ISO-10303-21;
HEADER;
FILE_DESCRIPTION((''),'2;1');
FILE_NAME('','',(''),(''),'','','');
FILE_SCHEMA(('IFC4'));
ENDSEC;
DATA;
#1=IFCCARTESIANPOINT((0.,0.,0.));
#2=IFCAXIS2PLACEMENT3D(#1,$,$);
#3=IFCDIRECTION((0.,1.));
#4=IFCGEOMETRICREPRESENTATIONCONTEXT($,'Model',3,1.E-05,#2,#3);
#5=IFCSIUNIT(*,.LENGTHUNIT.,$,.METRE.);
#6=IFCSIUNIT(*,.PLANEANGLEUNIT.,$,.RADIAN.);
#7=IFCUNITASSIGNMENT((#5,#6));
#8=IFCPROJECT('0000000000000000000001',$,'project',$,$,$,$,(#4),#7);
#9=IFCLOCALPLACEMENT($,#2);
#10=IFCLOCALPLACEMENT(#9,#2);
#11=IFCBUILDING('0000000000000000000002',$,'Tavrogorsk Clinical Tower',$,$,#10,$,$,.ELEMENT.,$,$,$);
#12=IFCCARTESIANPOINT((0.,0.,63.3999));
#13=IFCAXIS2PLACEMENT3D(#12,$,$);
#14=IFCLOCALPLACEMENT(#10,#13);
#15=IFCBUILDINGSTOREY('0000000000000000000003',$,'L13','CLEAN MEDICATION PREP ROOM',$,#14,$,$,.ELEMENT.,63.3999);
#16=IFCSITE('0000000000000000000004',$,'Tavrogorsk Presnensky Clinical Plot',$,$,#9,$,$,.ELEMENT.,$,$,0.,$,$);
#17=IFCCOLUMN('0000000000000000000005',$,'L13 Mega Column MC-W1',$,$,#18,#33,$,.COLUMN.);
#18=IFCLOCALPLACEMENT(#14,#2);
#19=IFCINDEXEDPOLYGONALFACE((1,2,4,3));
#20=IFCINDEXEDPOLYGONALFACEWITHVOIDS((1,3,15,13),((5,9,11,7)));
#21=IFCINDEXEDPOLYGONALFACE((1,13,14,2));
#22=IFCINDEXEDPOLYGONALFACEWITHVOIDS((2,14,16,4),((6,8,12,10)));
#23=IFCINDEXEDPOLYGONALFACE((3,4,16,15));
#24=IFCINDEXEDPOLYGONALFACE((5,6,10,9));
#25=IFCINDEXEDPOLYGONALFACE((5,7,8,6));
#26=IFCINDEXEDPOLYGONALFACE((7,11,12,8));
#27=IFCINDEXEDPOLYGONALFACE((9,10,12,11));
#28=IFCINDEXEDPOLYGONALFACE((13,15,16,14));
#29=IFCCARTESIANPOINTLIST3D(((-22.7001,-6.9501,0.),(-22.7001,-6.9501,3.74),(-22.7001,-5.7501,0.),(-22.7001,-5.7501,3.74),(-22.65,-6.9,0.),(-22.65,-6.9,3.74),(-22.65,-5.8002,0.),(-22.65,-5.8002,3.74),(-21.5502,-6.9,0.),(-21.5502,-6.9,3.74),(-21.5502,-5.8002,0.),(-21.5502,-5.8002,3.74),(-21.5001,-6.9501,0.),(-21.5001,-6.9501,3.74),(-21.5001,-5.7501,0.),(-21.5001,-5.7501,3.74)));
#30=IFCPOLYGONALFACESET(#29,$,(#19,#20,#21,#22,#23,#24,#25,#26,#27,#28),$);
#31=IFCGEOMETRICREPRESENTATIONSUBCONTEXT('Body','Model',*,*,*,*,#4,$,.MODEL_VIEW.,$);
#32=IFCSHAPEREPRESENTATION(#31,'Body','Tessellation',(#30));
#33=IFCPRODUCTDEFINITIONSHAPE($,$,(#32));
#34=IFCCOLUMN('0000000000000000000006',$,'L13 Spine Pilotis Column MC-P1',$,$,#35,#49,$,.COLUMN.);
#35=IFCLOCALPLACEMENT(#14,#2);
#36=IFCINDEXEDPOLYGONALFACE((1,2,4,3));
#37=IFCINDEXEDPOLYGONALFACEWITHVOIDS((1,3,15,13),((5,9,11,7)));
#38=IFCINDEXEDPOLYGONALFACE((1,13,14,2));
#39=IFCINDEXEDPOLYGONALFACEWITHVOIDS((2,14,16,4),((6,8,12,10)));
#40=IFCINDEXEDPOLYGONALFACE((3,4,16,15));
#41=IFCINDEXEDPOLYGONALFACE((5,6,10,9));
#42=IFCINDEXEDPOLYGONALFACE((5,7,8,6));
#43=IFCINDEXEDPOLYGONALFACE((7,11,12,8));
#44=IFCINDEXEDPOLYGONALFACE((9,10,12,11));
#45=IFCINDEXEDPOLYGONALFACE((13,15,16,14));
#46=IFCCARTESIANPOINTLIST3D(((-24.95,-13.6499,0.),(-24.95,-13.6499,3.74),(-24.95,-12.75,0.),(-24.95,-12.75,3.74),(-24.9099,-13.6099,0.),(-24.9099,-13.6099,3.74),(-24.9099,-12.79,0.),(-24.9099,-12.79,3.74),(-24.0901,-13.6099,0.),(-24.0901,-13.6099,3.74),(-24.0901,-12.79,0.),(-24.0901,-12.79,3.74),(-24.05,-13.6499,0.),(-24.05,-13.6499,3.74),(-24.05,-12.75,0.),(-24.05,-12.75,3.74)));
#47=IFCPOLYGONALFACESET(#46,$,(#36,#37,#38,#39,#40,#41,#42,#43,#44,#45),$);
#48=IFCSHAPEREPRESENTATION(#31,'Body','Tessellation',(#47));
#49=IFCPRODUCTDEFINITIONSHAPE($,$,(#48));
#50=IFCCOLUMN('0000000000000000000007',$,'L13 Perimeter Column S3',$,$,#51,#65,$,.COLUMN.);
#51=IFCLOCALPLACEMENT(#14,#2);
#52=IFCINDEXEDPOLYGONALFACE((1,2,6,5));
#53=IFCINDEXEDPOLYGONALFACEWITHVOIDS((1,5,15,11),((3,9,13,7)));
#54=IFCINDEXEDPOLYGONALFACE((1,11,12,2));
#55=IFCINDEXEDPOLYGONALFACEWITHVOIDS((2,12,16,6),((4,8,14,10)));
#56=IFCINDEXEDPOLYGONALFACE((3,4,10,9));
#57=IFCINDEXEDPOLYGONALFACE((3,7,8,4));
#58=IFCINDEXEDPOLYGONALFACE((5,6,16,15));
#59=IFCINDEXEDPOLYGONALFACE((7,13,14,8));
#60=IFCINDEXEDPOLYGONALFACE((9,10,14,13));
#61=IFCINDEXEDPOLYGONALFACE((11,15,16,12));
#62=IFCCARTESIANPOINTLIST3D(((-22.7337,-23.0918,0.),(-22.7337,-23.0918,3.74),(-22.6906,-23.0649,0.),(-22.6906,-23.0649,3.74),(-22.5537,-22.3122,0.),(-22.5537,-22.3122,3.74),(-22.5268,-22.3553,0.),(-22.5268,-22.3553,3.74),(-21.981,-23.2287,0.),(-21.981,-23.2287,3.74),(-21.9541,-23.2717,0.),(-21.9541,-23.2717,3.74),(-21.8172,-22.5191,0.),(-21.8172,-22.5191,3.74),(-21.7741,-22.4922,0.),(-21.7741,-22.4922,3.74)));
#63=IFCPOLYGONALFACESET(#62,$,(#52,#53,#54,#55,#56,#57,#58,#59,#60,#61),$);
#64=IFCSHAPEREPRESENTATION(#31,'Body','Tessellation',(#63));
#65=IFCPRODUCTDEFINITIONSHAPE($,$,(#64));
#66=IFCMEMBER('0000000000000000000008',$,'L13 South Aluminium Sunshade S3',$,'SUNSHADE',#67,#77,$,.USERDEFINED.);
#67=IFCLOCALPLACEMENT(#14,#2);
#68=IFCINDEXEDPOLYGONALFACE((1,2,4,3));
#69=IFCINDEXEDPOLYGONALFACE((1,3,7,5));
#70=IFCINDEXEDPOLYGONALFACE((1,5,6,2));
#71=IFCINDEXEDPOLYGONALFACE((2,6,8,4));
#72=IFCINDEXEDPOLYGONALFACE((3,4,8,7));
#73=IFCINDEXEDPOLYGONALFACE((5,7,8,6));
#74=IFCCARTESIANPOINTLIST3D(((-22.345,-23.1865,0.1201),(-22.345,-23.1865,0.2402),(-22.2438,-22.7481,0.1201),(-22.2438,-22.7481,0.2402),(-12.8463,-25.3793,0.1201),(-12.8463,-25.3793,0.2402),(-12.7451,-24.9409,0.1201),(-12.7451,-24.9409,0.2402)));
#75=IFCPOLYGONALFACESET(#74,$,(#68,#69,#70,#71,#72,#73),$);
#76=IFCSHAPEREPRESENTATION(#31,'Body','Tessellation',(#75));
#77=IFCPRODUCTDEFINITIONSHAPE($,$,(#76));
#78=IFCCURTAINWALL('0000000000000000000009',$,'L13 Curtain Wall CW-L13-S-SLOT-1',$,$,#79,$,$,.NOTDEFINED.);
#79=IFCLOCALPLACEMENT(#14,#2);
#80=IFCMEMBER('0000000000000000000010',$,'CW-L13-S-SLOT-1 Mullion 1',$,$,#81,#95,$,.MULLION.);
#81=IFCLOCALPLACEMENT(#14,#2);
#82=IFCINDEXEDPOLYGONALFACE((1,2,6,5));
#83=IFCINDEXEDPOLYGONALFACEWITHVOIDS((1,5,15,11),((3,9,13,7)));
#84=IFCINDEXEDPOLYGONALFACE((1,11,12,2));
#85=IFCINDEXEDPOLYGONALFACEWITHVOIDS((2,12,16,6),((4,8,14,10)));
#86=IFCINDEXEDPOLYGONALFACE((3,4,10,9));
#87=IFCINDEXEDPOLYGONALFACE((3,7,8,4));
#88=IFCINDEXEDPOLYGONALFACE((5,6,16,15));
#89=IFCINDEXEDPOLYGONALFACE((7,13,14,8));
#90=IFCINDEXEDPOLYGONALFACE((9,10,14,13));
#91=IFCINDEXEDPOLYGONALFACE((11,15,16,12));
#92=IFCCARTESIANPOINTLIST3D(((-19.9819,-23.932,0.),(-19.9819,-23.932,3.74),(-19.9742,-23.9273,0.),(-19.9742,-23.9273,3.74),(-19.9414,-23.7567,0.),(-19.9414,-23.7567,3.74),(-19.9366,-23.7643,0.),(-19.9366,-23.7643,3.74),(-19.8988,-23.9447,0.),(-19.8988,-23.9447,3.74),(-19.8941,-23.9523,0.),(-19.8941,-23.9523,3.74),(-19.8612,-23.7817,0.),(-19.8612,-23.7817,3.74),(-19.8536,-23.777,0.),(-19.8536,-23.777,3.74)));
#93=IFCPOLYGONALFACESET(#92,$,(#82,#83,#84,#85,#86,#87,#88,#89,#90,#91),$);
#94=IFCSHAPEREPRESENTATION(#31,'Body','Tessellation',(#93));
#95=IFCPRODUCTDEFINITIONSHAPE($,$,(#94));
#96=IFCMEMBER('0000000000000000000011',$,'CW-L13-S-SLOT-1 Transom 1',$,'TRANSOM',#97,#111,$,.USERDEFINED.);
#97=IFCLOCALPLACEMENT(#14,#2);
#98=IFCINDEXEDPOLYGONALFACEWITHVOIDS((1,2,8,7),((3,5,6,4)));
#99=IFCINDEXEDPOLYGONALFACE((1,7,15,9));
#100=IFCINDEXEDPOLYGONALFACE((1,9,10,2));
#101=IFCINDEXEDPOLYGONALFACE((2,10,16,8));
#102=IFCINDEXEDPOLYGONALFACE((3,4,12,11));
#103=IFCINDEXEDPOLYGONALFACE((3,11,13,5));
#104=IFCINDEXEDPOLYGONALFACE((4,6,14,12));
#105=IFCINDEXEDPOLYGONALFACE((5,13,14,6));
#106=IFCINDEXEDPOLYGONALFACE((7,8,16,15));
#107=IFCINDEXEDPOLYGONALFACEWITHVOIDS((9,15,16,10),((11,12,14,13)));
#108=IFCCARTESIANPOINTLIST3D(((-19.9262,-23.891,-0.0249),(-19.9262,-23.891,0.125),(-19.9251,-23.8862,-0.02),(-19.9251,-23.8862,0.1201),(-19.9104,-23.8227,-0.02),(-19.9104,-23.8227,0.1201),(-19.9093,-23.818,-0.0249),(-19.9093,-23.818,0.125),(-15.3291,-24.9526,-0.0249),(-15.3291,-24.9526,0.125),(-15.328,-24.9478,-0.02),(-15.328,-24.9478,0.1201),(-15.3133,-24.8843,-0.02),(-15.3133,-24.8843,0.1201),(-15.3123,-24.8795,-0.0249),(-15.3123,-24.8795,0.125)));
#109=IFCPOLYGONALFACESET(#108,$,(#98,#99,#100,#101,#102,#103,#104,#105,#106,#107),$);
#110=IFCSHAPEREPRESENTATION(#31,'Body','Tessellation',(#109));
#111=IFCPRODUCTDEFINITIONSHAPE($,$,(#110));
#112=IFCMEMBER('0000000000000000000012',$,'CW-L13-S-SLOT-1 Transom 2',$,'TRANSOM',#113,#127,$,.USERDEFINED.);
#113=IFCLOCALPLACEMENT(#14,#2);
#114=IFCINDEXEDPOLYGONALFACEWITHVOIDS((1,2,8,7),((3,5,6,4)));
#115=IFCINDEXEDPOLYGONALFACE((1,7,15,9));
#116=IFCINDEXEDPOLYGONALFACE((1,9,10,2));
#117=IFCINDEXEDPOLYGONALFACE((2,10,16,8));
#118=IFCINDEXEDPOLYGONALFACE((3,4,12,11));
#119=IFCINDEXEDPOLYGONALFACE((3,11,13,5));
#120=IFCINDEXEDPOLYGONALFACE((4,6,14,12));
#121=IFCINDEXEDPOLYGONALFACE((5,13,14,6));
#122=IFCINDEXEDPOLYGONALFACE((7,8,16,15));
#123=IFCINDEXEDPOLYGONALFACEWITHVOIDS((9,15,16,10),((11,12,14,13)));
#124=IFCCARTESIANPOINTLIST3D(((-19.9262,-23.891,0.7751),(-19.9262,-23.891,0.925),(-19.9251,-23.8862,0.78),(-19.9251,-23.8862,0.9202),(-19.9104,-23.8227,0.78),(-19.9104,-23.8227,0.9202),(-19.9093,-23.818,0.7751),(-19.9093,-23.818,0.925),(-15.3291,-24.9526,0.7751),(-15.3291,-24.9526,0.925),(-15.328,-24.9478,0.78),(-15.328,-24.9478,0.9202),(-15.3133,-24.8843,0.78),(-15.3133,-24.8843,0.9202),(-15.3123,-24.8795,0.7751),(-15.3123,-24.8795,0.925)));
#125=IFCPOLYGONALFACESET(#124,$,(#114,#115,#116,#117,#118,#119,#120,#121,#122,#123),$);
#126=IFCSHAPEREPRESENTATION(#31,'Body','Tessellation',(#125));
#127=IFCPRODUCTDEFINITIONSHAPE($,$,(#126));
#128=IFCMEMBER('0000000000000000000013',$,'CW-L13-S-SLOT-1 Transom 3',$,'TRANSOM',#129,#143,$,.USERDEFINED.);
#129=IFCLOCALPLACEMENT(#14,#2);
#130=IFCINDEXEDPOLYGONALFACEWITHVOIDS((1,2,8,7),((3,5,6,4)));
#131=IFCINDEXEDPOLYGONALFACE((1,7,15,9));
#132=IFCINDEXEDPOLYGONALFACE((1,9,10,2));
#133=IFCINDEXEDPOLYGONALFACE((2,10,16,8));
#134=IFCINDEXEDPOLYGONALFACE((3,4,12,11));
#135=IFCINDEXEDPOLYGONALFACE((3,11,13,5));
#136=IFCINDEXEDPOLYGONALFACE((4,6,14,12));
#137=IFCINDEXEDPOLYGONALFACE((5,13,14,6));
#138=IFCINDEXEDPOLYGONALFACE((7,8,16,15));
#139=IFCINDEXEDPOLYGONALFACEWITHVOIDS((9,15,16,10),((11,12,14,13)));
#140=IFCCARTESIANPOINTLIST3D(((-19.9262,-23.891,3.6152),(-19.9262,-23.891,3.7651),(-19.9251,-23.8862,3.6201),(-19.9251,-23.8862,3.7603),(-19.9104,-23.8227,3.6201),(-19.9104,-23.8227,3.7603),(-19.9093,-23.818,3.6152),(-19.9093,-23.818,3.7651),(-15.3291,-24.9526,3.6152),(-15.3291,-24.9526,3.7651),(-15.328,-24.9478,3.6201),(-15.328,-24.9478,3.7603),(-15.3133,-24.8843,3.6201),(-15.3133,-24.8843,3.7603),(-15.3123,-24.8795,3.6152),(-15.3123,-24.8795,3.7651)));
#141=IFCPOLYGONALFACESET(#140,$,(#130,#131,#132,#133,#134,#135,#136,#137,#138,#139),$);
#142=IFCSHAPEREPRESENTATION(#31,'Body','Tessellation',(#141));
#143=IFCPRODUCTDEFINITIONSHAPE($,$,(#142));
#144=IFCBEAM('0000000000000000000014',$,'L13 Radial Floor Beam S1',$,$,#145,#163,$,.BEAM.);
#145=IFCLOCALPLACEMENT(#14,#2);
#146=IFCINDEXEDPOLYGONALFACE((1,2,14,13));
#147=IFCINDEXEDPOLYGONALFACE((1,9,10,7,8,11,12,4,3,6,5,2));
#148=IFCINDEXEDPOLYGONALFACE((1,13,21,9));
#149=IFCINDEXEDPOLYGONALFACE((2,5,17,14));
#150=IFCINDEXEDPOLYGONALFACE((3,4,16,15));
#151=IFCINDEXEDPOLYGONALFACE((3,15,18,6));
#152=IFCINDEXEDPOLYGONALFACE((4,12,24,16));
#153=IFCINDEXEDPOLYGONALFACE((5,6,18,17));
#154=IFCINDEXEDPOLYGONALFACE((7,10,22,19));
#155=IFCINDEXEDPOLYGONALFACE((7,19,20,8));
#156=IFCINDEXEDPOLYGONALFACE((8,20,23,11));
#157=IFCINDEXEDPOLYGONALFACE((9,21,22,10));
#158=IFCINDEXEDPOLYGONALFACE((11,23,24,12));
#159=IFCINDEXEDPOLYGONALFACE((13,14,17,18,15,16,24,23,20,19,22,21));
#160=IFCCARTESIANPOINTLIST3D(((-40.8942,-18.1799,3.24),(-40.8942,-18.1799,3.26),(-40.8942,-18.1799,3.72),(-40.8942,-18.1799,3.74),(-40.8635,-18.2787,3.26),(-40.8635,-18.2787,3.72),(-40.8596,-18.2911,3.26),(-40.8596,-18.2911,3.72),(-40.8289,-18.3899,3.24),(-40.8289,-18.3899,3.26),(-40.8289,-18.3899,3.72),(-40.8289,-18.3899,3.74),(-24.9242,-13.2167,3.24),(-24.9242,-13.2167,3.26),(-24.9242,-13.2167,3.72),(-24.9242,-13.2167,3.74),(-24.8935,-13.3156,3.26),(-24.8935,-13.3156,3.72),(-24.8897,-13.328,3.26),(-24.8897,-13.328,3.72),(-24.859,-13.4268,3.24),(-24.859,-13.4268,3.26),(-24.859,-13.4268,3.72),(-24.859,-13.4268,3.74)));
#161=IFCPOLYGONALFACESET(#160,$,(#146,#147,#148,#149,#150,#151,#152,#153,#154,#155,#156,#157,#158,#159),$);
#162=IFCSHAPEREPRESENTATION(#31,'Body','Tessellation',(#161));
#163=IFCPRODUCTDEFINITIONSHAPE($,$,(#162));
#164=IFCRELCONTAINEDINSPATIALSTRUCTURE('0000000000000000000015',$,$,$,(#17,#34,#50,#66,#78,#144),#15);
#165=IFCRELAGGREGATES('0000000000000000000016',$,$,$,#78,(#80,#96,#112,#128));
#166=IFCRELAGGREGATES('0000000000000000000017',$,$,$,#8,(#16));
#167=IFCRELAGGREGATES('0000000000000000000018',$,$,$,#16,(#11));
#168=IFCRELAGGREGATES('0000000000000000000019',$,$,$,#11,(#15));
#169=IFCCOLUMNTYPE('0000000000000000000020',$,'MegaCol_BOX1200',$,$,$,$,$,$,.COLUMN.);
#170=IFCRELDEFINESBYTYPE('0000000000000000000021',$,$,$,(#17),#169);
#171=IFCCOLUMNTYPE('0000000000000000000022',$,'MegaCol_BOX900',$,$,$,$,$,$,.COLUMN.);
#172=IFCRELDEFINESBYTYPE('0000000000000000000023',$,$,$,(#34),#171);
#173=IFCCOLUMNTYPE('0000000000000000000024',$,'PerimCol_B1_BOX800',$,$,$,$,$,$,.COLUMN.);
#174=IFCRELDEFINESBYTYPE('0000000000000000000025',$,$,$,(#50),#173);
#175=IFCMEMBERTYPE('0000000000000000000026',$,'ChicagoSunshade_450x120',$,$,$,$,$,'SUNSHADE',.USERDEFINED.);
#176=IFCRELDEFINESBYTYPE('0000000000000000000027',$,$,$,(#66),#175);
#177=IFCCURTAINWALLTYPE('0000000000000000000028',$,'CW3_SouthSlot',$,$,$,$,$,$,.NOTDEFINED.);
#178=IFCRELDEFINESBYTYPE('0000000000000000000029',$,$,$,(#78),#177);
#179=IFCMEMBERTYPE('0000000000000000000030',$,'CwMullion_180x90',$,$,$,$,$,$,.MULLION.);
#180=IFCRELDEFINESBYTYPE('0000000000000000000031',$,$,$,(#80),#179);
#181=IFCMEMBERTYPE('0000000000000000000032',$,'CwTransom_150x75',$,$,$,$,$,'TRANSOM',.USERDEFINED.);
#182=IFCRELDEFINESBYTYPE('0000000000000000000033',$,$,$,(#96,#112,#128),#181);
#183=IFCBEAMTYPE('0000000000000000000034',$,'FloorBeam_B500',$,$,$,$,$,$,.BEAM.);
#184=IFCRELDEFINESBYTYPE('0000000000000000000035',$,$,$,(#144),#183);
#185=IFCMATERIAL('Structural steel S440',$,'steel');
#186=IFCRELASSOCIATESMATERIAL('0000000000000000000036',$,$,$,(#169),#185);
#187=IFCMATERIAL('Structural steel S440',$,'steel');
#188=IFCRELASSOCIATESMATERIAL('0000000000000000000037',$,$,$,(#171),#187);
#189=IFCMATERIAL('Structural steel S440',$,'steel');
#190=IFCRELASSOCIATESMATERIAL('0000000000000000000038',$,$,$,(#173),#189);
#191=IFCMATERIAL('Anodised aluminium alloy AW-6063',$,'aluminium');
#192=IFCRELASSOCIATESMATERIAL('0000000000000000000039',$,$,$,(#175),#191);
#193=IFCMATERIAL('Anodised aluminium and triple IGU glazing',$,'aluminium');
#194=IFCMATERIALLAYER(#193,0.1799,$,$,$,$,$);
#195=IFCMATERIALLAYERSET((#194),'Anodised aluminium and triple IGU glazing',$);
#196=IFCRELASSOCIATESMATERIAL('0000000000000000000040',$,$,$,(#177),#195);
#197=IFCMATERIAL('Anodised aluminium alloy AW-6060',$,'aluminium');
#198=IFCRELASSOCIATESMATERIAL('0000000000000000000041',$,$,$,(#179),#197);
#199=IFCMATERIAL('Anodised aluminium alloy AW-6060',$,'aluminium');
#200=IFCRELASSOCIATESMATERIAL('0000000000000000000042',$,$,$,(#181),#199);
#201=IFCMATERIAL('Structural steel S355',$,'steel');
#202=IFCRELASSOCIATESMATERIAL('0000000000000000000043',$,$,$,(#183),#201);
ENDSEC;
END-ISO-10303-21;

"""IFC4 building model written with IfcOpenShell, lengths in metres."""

from ifc_helpers import new_model, si_unit, direction, frame, origin, origin_2d, place, context, subcontext, project, spatial, rectangle, hollow_rectangle, i_section, extrude, material, layer, layer_set, material_profile, profile_set, type_object, element, aggregate, save


model = new_model("IFC4")

# Units and contexts
model_context = context("Model", 3, precision=1e-05, world=origin(), true_north=direction((0.0, 1.0)))
body_context = subcontext(model_context, "Body", "Model", "MODEL_VIEW")
ifc_project = project(units=[si_unit("LENGTHUNIT", "METRE"), si_unit("PLANEANGLEUNIT", "RADIAN")], contexts=[model_context])

# Site, building, storey
site_placement = place(None, origin())
site = spatial("IfcSite", under=ifc_project, at=site_placement, Name="Tavrogorsk Presnensky Clinical Plot", CompositionType="ELEMENT", RefElevation=0.0)
building_placement = place(site_placement, origin())
building = spatial("IfcBuilding", under=site, at=building_placement, Name="Tavrogorsk Clinical Tower", CompositionType="ELEMENT")
storey_placement = place(building_placement, frame((0.0, 0.0, 63.3999)))
storey = spatial("IfcBuildingStorey", under=building, at=storey_placement, Name="L13", Description="CLEAN MEDICATION PREP ROOM", CompositionType="ELEMENT", Elevation=63.3999)

# Columns
ifc_material_1 = material(Name="Structural steel S440", Category="steel")
ifc_material_profile_1 = material_profile(ifc_material_1, hollow_rectangle(XDim=1.2, YDim=1.2, WallThickness=0.05, at=origin_2d()), Name="BOX-1200x1200x50")
ifc_profile_set_1 = profile_set([ifc_material_profile_1], Name="Structural steel S440")
column_type_1 = type_object("IfcColumnType", Name="MegaCol_BOX1200", PredefinedType="COLUMN", material=ifc_profile_set_1)
column_1_placement = place(storey_placement, frame((-22.1001, -6.3501, 0.0), z_axis=(0.0, 0.0, 1.0), x_axis=(1.0, 0.0, 0.0)))
element("IfcColumn", 1, at=column_1_placement, inside=storey, type_object=column_type_1, Name="L13 Mega Column MC-W1", PredefinedType="COLUMN", context=body_context, shape_type="SweptSolid", body=[
    extrude(hollow_rectangle(XDim=1.2, YDim=1.2, WallThickness=0.05, at=origin_2d()), origin(), (0.0, 0.0, 1.0), 3.74),
])
ifc_material_2 = material(Name="Structural steel S440", Category="steel")
ifc_material_profile_2 = material_profile(ifc_material_2, hollow_rectangle(XDim=0.8999, YDim=0.8999, WallThickness=0.04, at=origin_2d()), Name="BOX-900x900x40")
ifc_profile_set_2 = profile_set([ifc_material_profile_2], Name="Structural steel S440")
column_type_2 = type_object("IfcColumnType", Name="MegaCol_BOX900", PredefinedType="COLUMN", material=ifc_profile_set_2)
column_2_placement = place(storey_placement, frame((-24.5, -13.2, 0.0), z_axis=(0.0, 0.0, 1.0), x_axis=(1.0, 0.0, 0.0)))
element("IfcColumn", 2, at=column_2_placement, inside=storey, type_object=column_type_2, Name="L13 Spine Pilotis Column MC-P1", PredefinedType="COLUMN", context=body_context, shape_type="SweptSolid", body=[
    extrude(hollow_rectangle(XDim=0.8999, YDim=0.8999, WallThickness=0.04, at=origin_2d()), origin(), (0.0, 0.0, 1.0), 3.74),
])
ifc_material_3 = material(Name="Structural steel S440", Category="steel")
ifc_material_profile_3 = material_profile(ifc_material_3, hollow_rectangle(XDim=0.8, YDim=0.8, WallThickness=0.0359, at=origin_2d()), Name="BOX-800x800x36")
ifc_profile_set_3 = profile_set([ifc_material_profile_3], Name="Structural steel S440")
column_type_3 = type_object("IfcColumnType", Name="PerimCol_B1_BOX800", PredefinedType="COLUMN", material=ifc_profile_set_3)
column_3_placement = place(storey_placement, frame((-22.2539, -22.792, 0.0), z_axis=(0.0, 0.0, 1.0), x_axis=(0.97437, -0.224951, 0.0)))
element("IfcColumn", 3, at=column_3_placement, inside=storey, type_object=column_type_3, Name="L13 Perimeter Column S3", PredefinedType="COLUMN", context=body_context, shape_type="SweptSolid", body=[
    extrude(hollow_rectangle(XDim=0.8, YDim=0.8, WallThickness=0.0359, at=origin_2d()), origin(), (0.0, 0.0, 1.0), 3.74),
])

# Member
ifc_material_4 = material(Name="Anodised aluminium alloy AW-6063", Category="aluminium")
ifc_material_profile_4 = material_profile(ifc_material_4, rectangle(XDim=0.45, YDim=0.1201, at=origin_2d()), Name="ALU-SUNSHADE-450x120")
ifc_profile_set_4 = profile_set([ifc_material_profile_4], Name="Anodised aluminium alloy AW-6063")
member_type_1 = type_object("IfcMemberType", Name="ChicagoSunshade_450x120", ElementType="SUNSHADE", PredefinedType="USERDEFINED", material=ifc_profile_set_4)
member_1_placement = place(storey_placement, frame((-22.2944, -22.9673, 0.1802), z_axis=(0.974372, -0.224942, 0.0), x_axis=(0.224942, 0.974372, 0.0)))
element("IfcMember", 4, at=member_1_placement, inside=storey, type_object=member_type_1, Name="L13 South Aluminium Sunshade S3", ObjectType="SUNSHADE", PredefinedType="USERDEFINED", context=body_context, shape_type="SweptSolid", body=[
    extrude(rectangle(XDim=0.45, YDim=0.1201, at=origin_2d()), origin(), (0.0, 0.0, 1.0), 9.7485),
])

# Curtain wall, members
ifc_material_5 = material(Name="Anodised aluminium and triple IGU glazing", Category="aluminium")
ifc_layer_1 = layer(ifc_material_5, 0.1799)
ifc_layer_set_1 = layer_set([ifc_layer_1], Name="Anodised aluminium and triple IGU glazing")
curtain_wall_type = type_object("IfcCurtainWallType", Name="CW3_SouthSlot", PredefinedType="NOTDEFINED", material=ifc_layer_set_1)
curtain_wall_placement = place(storey_placement, origin())
curtain_wall = element("IfcCurtainWall", 5, at=curtain_wall_placement, inside=storey, type_object=curtain_wall_type, Name="L13 Curtain Wall CW-L13-S-SLOT-1", PredefinedType="NOTDEFINED")
ifc_material_6 = material(Name="Anodised aluminium alloy AW-6060", Category="aluminium")
ifc_material_profile_5 = material_profile(ifc_material_6, hollow_rectangle(XDim=0.0901, YDim=0.1799, WallThickness=0.0063, at=origin_2d()), Name="RHS-180x90x6.3")
ifc_profile_set_5 = profile_set([ifc_material_profile_5], Name="Anodised aluminium alloy AW-6060")
member_type_2 = type_object("IfcMemberType", Name="CwMullion_180x90", PredefinedType="MULLION", material=ifc_profile_set_5)
member_2_placement = place(storey_placement, frame((-19.9177, -23.8545, 0.0), z_axis=(0.0, 0.0, 1.0), x_axis=(0.97437, -0.224951, 0.0)))
member_2 = element("IfcMember", 6, at=member_2_placement, type_object=member_type_2, Name="CW-L13-S-SLOT-1 Mullion 1", PredefinedType="MULLION", context=body_context, shape_type="SweptSolid", body=[
    extrude(hollow_rectangle(XDim=0.0901, YDim=0.1799, WallThickness=0.0063, at=origin_2d()), origin(), (0.0, 0.0, 1.0), 3.74),
])
ifc_material_7 = material(Name="Anodised aluminium alloy AW-6060", Category="aluminium")
ifc_material_profile_6 = material_profile(ifc_material_7, hollow_rectangle(XDim=0.075, YDim=0.1499, WallThickness=0.0049, at=origin_2d()), Name="RHS-150x75x5")
ifc_profile_set_6 = profile_set([ifc_material_profile_6], Name="Anodised aluminium alloy AW-6060")
member_type_3 = type_object("IfcMemberType", Name="CwTransom_150x75", ElementType="TRANSOM", PredefinedType="USERDEFINED", material=ifc_profile_set_6)
member_3_placement = place(storey_placement, frame((-19.9177, -23.8545, 0.05), z_axis=(0.974359, -0.224999, 0.0), x_axis=(0.224999, 0.974359, 0.0)))
member_3 = element("IfcMember", 7, at=member_3_placement, type_object=member_type_3, Name="CW-L13-S-SLOT-1 Transom 1", ObjectType="TRANSOM", PredefinedType="USERDEFINED", context=body_context, shape_type="SweptSolid", body=[
    extrude(hollow_rectangle(XDim=0.075, YDim=0.1499, WallThickness=0.0049, at=origin_2d()), origin(), (0.0, 0.0, 1.0), 4.718),
])
member_4_placement = place(storey_placement, frame((-19.9177, -23.8545, 0.8501), z_axis=(0.974359, -0.224999, 0.0), x_axis=(0.224999, 0.974359, 0.0)))
member_4 = element("IfcMember", 8, at=member_4_placement, type_object=member_type_3, Name="CW-L13-S-SLOT-1 Transom 2", ObjectType="TRANSOM", PredefinedType="USERDEFINED", context=body_context, shape_type="SweptSolid", body=[
    extrude(hollow_rectangle(XDim=0.075, YDim=0.1499, WallThickness=0.0049, at=origin_2d()), origin(), (0.0, 0.0, 1.0), 4.718),
])
member_5_placement = place(storey_placement, frame((-19.9177, -23.8545, 3.6902), z_axis=(0.974359, -0.224999, 0.0), x_axis=(0.224999, 0.974359, 0.0)))
member_5 = element("IfcMember", 9, at=member_5_placement, type_object=member_type_3, Name="CW-L13-S-SLOT-1 Transom 3", ObjectType="TRANSOM", PredefinedType="USERDEFINED", context=body_context, shape_type="SweptSolid", body=[
    extrude(hollow_rectangle(XDim=0.075, YDim=0.1499, WallThickness=0.0049, at=origin_2d()), origin(), (0.0, 0.0, 1.0), 4.718),
])
aggregate(curtain_wall, [member_2, member_3, member_4, member_5])

# Beam
ifc_material_8 = material(Name="Structural steel S355", Category="steel")
ifc_material_profile_7 = material_profile(ifc_material_8, i_section(OverallWidth=0.22, OverallDepth=0.5, WebThickness=0.0129, FlangeThickness=0.02, at=origin_2d()), Name="B-500x220x13x20")
ifc_profile_set_7 = profile_set([ifc_material_profile_7], Name="Structural steel S355")
beam_type_1 = type_object("IfcBeamType", Name="FloorBeam_B500", PredefinedType="BEAM", material=ifc_profile_set_7)
beam_1_placement = place(storey_placement, frame((-24.8916, -13.3218, 3.49), z_axis=(-0.954947, -0.296778, 0.0), x_axis=(0.296778, -0.954947, 0.0)))
element("IfcBeam", 10, at=beam_1_placement, inside=storey, type_object=beam_type_1, Name="L13 Radial Floor Beam S1", PredefinedType="BEAM", context=body_context, shape_type="SweptSolid", body=[
    extrude(i_section(OverallWidth=0.22, OverallDepth=0.5, WebThickness=0.0129, FlangeThickness=0.02, at=origin_2d()), origin(), (0.0, 0.0, 1.0), 16.7234),
])

save(model, "model.ifc")
